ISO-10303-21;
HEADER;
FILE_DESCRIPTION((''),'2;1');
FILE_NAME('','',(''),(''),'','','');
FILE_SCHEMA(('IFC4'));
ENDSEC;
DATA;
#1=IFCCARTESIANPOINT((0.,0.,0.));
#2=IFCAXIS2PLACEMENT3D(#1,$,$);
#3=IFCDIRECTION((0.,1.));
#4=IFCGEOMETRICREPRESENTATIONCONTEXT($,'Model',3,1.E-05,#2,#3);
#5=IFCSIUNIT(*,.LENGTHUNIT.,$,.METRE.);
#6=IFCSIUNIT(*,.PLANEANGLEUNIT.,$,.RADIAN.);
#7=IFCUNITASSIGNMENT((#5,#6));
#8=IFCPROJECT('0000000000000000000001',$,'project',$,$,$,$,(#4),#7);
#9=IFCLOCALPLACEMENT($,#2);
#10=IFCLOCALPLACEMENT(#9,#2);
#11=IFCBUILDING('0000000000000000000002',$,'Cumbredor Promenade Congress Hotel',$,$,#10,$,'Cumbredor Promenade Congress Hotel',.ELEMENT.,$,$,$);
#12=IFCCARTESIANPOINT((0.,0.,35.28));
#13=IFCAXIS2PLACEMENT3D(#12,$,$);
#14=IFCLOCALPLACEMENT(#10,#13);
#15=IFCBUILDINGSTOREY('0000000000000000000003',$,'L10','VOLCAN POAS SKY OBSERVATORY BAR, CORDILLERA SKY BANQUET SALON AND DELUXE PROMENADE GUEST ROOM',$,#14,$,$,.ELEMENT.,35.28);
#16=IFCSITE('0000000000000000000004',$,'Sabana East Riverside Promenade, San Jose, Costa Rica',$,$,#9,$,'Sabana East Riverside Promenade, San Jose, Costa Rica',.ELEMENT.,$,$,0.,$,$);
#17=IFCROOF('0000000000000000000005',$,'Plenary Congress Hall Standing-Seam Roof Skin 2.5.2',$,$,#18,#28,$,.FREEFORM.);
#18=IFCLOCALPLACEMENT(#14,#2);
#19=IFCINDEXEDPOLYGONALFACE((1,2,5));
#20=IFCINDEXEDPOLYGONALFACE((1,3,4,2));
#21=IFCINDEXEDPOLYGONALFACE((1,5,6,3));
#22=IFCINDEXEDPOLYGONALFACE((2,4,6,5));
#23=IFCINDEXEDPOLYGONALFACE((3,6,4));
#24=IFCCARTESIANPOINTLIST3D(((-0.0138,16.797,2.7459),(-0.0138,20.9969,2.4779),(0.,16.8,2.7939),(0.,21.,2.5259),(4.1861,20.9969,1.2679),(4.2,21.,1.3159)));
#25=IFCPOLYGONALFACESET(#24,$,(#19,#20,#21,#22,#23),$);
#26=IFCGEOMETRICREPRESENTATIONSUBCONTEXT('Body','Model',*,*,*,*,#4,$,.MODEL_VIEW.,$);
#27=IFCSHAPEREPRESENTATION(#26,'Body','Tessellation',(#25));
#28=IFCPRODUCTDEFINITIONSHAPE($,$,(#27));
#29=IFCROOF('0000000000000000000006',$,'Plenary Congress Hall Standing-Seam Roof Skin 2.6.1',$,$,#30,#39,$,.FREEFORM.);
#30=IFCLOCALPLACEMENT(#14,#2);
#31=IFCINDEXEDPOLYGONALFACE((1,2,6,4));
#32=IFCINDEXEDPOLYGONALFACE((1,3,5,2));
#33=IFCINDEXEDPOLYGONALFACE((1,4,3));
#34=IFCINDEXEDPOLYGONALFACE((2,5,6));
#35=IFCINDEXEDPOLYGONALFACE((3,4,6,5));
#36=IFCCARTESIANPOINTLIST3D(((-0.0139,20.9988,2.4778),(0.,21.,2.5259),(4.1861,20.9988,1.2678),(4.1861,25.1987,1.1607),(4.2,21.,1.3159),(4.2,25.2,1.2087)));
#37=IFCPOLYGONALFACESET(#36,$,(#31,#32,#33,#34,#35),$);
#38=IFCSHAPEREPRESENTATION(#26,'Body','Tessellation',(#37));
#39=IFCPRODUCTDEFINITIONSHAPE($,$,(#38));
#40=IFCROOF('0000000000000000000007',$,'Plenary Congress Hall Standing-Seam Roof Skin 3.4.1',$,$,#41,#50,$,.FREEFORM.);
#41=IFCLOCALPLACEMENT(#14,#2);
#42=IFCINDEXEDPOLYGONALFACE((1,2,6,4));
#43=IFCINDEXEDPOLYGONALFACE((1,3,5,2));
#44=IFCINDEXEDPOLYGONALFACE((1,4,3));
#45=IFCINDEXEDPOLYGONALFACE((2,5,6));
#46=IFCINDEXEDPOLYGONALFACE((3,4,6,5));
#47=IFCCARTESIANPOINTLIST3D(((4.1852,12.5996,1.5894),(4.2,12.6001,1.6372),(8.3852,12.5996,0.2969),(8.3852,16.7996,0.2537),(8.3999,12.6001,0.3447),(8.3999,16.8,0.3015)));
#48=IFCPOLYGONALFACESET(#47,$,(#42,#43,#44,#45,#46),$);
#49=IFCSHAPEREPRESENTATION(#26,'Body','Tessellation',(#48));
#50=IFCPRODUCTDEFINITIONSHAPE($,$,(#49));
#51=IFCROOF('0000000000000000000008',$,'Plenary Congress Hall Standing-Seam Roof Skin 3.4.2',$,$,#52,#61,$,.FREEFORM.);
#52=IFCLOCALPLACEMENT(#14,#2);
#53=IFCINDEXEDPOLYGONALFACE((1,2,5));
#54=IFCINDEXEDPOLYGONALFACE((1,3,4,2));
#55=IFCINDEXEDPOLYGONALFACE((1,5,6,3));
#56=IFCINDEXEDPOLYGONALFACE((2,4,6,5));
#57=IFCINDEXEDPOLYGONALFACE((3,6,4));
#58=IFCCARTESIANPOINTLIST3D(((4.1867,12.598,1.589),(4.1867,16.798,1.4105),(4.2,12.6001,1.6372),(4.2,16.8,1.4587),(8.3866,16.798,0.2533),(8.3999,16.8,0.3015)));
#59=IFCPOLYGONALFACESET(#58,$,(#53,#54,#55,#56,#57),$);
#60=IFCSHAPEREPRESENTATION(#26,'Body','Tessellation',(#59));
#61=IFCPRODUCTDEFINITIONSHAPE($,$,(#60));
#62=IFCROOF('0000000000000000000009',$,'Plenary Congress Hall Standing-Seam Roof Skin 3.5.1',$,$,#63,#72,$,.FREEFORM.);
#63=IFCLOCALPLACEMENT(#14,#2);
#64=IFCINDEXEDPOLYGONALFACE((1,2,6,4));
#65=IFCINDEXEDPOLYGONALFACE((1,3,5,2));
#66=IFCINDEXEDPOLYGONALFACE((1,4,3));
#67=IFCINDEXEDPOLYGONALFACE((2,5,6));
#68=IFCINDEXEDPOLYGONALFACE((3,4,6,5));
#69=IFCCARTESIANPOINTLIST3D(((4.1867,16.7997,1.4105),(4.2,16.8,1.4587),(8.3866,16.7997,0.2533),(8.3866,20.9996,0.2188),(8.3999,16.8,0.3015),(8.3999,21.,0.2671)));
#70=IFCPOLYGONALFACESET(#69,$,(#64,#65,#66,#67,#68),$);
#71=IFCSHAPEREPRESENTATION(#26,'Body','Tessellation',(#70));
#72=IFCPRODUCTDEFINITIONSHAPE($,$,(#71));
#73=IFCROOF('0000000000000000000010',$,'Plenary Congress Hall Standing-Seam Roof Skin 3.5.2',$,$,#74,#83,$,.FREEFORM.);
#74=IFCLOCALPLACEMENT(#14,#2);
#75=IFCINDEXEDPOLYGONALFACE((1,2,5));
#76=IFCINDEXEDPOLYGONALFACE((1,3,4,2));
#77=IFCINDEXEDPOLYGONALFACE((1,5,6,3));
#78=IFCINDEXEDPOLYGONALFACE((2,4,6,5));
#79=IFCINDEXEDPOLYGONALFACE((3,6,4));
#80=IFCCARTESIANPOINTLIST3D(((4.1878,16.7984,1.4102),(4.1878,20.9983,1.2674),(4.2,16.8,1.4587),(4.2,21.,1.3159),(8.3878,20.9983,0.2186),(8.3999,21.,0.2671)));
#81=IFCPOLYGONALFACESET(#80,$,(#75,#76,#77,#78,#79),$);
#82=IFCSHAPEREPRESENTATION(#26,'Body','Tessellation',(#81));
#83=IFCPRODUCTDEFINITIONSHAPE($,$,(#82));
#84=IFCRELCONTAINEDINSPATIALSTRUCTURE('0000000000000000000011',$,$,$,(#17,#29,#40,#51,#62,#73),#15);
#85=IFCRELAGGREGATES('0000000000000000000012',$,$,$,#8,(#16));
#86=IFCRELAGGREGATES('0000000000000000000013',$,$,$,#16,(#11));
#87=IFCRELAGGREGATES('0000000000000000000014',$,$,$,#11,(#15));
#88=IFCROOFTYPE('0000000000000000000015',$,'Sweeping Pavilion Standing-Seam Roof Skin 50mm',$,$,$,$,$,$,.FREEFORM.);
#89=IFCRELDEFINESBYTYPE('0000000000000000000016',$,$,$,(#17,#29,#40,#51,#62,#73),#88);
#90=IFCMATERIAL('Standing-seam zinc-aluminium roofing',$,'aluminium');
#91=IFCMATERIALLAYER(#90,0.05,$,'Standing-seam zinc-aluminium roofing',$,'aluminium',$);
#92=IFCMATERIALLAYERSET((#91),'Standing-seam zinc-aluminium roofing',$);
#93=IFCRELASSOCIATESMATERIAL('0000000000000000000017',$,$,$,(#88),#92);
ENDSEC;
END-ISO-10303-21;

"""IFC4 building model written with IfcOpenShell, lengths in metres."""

from ifc_helpers import new_model, si_unit, direction, frame, origin, place, context, subcontext, project, spatial, polyline, outline, extrude, material, layer, layer_set, type_object, element, save


model = new_model("IFC4")

# Units and contexts
model_context = context("Model", 3, precision=1e-05, world=origin(), true_north=direction((0.0, 1.0)))
body_context = subcontext(model_context, "Body", "Model", "MODEL_VIEW")
ifc_project = project(units=[si_unit("LENGTHUNIT", "METRE"), si_unit("PLANEANGLEUNIT", "RADIAN")], contexts=[model_context])

# Site, building, storey
site_placement = place(None, origin())
site = spatial("IfcSite", under=ifc_project, at=site_placement, Name="Sabana East Riverside Promenade, San Jose, Costa Rica", LongName="Sabana East Riverside Promenade, San Jose, Costa Rica", CompositionType="ELEMENT", RefElevation=0.0)
building_placement = place(site_placement, origin())
building = spatial("IfcBuilding", under=site, at=building_placement, Name="Cumbredor Promenade Congress Hotel", LongName="Cumbredor Promenade Congress Hotel", CompositionType="ELEMENT")
storey_placement = place(building_placement, frame((0.0, 0.0, 35.28)))
storey = spatial("IfcBuildingStorey", under=building, at=storey_placement, Name="L10", Description="VOLCAN POAS SKY OBSERVATORY BAR, CORDILLERA SKY BANQUET SALON AND DELUXE PROMENADE GUEST ROOM", CompositionType="ELEMENT", Elevation=35.28)

# Roofs
ifc_material_1 = material(Name="Standing-seam zinc-aluminium roofing", Category="aluminium")
ifc_layer_1 = layer(ifc_material_1, 0.05, Name="Standing-seam zinc-aluminium roofing", Category="aluminium")
ifc_layer_set_1 = layer_set([ifc_layer_1], Name="Standing-seam zinc-aluminium roofing")
roof_type = type_object("IfcRoofType", Name="Sweeping Pavilion Standing-Seam Roof Skin 50mm", PredefinedType="FREEFORM", material=ifc_layer_set_1)
roof_1_placement = place(storey_placement, frame((0.0, 16.8, 2.7939), z_axis=(0.276311, 0.061217, 0.959117), x_axis=(0.686181, 0.686181, -0.241478)))
element("IfcRoof", 1, at=roof_1_placement, inside=storey, type_object=roof_type, Name="Plenary Congress Hall Standing-Seam Roof Skin 2.5.2", PredefinedType="FREEFORM", context=body_context, shape_type="SweptSolid", body=[
    extrude(outline(polyline([(0.0, 0.0), (6.1208, 0.0), (2.9467, 3.0048), (0.0, 0.0)])), origin(), (0.0, 0.0, -1.0), 0.05),
])
roof_2_placement = place(storey_placement, frame((0.0, 21.0, 2.5259), z_axis=(0.276747, 0.024514, 0.96063), x_axis=(0.960919, 0.0, -0.27683)))
element("IfcRoof", 2, at=roof_2_placement, inside=storey, type_object=roof_type, Name="Plenary Congress Hall Standing-Seam Roof Skin 2.6.1", PredefinedType="FREEFORM", context=body_context, shape_type="SweptSolid", body=[
    extrude(outline(polyline([(0.0, 0.0), (4.3708, 0.0), (4.4004, 4.2012), (0.0, 0.0)])), origin(), (0.0, 0.0, -1.0), 0.05),
])
roof_3_placement = place(storey_placement, frame((4.2, 12.6001, 1.6372), z_axis=(0.294111, 0.009833, 0.955721), x_axis=(0.955767, 0.0, -0.294125)))
element("IfcRoof", 3, at=roof_3_placement, inside=storey, type_object=roof_type, Name="Plenary Congress Hall Standing-Seam Roof Skin 3.4.1", PredefinedType="FREEFORM", context=body_context, shape_type="SweptSolid", body=[
    extrude(outline(polyline([(0.0, 0.0), (4.3943, 0.0), (4.407, 4.2002), (0.0, 0.0)])), origin(), (0.0, 0.0, -1.0), 0.05),
])
roof_4_placement = place(storey_placement, frame((4.2, 12.6001, 1.6372), z_axis=(0.265412, 0.040932, 0.963266), x_axis=(0.689878, 0.689878, -0.219399)))
element("IfcRoof", 4, at=roof_4_placement, inside=storey, type_object=roof_type, Name="Plenary Congress Hall Standing-Seam Roof Skin 3.4.2", PredefinedType="FREEFORM", context=body_context, shape_type="SweptSolid", body=[
    extrude(outline(polyline([(0.0, 0.0), (6.088, 0.0), (2.9366, 3.0079), (0.0, 0.0)])), origin(), (0.0, 0.0, -1.0), 0.05),
])
roof_5_placement = place(storey_placement, frame((4.2, 16.8, 1.4587), z_axis=(0.265626, 0.007902, 0.964044), x_axis=(0.964074, 0.0, -0.265634)))
element("IfcRoof", 5, at=roof_5_placement, inside=storey, type_object=roof_type, Name="Plenary Congress Hall Standing-Seam Roof Skin 3.5.1", PredefinedType="FREEFORM", context=body_context, shape_type="SweptSolid", body=[
    extrude(outline(polyline([(0.0, 0.0), (4.3565, 0.0), (4.3656, 4.2001), (0.0, 0.0)])), origin(), (0.0, 0.0, -1.0), 0.05),
])
roof_6_placement = place(storey_placement, frame((4.2, 16.8, 1.4587), z_axis=(0.242152, 0.032975, 0.969678), x_axis=(0.693292, 0.693292, -0.196707)))
element("IfcRoof", 6, at=roof_6_placement, inside=storey, type_object=roof_type, Name="Plenary Congress Hall Standing-Seam Roof Skin 3.5.2", PredefinedType="FREEFORM", context=body_context, shape_type="SweptSolid", body=[
    extrude(outline(polyline([(0.0, 0.0), (6.058, 0.0), (2.9399, 3.0028), (0.0, 0.0)])), origin(), (0.0, 0.0, -1.0), 0.05),
])

save(model, "model.ifc")
